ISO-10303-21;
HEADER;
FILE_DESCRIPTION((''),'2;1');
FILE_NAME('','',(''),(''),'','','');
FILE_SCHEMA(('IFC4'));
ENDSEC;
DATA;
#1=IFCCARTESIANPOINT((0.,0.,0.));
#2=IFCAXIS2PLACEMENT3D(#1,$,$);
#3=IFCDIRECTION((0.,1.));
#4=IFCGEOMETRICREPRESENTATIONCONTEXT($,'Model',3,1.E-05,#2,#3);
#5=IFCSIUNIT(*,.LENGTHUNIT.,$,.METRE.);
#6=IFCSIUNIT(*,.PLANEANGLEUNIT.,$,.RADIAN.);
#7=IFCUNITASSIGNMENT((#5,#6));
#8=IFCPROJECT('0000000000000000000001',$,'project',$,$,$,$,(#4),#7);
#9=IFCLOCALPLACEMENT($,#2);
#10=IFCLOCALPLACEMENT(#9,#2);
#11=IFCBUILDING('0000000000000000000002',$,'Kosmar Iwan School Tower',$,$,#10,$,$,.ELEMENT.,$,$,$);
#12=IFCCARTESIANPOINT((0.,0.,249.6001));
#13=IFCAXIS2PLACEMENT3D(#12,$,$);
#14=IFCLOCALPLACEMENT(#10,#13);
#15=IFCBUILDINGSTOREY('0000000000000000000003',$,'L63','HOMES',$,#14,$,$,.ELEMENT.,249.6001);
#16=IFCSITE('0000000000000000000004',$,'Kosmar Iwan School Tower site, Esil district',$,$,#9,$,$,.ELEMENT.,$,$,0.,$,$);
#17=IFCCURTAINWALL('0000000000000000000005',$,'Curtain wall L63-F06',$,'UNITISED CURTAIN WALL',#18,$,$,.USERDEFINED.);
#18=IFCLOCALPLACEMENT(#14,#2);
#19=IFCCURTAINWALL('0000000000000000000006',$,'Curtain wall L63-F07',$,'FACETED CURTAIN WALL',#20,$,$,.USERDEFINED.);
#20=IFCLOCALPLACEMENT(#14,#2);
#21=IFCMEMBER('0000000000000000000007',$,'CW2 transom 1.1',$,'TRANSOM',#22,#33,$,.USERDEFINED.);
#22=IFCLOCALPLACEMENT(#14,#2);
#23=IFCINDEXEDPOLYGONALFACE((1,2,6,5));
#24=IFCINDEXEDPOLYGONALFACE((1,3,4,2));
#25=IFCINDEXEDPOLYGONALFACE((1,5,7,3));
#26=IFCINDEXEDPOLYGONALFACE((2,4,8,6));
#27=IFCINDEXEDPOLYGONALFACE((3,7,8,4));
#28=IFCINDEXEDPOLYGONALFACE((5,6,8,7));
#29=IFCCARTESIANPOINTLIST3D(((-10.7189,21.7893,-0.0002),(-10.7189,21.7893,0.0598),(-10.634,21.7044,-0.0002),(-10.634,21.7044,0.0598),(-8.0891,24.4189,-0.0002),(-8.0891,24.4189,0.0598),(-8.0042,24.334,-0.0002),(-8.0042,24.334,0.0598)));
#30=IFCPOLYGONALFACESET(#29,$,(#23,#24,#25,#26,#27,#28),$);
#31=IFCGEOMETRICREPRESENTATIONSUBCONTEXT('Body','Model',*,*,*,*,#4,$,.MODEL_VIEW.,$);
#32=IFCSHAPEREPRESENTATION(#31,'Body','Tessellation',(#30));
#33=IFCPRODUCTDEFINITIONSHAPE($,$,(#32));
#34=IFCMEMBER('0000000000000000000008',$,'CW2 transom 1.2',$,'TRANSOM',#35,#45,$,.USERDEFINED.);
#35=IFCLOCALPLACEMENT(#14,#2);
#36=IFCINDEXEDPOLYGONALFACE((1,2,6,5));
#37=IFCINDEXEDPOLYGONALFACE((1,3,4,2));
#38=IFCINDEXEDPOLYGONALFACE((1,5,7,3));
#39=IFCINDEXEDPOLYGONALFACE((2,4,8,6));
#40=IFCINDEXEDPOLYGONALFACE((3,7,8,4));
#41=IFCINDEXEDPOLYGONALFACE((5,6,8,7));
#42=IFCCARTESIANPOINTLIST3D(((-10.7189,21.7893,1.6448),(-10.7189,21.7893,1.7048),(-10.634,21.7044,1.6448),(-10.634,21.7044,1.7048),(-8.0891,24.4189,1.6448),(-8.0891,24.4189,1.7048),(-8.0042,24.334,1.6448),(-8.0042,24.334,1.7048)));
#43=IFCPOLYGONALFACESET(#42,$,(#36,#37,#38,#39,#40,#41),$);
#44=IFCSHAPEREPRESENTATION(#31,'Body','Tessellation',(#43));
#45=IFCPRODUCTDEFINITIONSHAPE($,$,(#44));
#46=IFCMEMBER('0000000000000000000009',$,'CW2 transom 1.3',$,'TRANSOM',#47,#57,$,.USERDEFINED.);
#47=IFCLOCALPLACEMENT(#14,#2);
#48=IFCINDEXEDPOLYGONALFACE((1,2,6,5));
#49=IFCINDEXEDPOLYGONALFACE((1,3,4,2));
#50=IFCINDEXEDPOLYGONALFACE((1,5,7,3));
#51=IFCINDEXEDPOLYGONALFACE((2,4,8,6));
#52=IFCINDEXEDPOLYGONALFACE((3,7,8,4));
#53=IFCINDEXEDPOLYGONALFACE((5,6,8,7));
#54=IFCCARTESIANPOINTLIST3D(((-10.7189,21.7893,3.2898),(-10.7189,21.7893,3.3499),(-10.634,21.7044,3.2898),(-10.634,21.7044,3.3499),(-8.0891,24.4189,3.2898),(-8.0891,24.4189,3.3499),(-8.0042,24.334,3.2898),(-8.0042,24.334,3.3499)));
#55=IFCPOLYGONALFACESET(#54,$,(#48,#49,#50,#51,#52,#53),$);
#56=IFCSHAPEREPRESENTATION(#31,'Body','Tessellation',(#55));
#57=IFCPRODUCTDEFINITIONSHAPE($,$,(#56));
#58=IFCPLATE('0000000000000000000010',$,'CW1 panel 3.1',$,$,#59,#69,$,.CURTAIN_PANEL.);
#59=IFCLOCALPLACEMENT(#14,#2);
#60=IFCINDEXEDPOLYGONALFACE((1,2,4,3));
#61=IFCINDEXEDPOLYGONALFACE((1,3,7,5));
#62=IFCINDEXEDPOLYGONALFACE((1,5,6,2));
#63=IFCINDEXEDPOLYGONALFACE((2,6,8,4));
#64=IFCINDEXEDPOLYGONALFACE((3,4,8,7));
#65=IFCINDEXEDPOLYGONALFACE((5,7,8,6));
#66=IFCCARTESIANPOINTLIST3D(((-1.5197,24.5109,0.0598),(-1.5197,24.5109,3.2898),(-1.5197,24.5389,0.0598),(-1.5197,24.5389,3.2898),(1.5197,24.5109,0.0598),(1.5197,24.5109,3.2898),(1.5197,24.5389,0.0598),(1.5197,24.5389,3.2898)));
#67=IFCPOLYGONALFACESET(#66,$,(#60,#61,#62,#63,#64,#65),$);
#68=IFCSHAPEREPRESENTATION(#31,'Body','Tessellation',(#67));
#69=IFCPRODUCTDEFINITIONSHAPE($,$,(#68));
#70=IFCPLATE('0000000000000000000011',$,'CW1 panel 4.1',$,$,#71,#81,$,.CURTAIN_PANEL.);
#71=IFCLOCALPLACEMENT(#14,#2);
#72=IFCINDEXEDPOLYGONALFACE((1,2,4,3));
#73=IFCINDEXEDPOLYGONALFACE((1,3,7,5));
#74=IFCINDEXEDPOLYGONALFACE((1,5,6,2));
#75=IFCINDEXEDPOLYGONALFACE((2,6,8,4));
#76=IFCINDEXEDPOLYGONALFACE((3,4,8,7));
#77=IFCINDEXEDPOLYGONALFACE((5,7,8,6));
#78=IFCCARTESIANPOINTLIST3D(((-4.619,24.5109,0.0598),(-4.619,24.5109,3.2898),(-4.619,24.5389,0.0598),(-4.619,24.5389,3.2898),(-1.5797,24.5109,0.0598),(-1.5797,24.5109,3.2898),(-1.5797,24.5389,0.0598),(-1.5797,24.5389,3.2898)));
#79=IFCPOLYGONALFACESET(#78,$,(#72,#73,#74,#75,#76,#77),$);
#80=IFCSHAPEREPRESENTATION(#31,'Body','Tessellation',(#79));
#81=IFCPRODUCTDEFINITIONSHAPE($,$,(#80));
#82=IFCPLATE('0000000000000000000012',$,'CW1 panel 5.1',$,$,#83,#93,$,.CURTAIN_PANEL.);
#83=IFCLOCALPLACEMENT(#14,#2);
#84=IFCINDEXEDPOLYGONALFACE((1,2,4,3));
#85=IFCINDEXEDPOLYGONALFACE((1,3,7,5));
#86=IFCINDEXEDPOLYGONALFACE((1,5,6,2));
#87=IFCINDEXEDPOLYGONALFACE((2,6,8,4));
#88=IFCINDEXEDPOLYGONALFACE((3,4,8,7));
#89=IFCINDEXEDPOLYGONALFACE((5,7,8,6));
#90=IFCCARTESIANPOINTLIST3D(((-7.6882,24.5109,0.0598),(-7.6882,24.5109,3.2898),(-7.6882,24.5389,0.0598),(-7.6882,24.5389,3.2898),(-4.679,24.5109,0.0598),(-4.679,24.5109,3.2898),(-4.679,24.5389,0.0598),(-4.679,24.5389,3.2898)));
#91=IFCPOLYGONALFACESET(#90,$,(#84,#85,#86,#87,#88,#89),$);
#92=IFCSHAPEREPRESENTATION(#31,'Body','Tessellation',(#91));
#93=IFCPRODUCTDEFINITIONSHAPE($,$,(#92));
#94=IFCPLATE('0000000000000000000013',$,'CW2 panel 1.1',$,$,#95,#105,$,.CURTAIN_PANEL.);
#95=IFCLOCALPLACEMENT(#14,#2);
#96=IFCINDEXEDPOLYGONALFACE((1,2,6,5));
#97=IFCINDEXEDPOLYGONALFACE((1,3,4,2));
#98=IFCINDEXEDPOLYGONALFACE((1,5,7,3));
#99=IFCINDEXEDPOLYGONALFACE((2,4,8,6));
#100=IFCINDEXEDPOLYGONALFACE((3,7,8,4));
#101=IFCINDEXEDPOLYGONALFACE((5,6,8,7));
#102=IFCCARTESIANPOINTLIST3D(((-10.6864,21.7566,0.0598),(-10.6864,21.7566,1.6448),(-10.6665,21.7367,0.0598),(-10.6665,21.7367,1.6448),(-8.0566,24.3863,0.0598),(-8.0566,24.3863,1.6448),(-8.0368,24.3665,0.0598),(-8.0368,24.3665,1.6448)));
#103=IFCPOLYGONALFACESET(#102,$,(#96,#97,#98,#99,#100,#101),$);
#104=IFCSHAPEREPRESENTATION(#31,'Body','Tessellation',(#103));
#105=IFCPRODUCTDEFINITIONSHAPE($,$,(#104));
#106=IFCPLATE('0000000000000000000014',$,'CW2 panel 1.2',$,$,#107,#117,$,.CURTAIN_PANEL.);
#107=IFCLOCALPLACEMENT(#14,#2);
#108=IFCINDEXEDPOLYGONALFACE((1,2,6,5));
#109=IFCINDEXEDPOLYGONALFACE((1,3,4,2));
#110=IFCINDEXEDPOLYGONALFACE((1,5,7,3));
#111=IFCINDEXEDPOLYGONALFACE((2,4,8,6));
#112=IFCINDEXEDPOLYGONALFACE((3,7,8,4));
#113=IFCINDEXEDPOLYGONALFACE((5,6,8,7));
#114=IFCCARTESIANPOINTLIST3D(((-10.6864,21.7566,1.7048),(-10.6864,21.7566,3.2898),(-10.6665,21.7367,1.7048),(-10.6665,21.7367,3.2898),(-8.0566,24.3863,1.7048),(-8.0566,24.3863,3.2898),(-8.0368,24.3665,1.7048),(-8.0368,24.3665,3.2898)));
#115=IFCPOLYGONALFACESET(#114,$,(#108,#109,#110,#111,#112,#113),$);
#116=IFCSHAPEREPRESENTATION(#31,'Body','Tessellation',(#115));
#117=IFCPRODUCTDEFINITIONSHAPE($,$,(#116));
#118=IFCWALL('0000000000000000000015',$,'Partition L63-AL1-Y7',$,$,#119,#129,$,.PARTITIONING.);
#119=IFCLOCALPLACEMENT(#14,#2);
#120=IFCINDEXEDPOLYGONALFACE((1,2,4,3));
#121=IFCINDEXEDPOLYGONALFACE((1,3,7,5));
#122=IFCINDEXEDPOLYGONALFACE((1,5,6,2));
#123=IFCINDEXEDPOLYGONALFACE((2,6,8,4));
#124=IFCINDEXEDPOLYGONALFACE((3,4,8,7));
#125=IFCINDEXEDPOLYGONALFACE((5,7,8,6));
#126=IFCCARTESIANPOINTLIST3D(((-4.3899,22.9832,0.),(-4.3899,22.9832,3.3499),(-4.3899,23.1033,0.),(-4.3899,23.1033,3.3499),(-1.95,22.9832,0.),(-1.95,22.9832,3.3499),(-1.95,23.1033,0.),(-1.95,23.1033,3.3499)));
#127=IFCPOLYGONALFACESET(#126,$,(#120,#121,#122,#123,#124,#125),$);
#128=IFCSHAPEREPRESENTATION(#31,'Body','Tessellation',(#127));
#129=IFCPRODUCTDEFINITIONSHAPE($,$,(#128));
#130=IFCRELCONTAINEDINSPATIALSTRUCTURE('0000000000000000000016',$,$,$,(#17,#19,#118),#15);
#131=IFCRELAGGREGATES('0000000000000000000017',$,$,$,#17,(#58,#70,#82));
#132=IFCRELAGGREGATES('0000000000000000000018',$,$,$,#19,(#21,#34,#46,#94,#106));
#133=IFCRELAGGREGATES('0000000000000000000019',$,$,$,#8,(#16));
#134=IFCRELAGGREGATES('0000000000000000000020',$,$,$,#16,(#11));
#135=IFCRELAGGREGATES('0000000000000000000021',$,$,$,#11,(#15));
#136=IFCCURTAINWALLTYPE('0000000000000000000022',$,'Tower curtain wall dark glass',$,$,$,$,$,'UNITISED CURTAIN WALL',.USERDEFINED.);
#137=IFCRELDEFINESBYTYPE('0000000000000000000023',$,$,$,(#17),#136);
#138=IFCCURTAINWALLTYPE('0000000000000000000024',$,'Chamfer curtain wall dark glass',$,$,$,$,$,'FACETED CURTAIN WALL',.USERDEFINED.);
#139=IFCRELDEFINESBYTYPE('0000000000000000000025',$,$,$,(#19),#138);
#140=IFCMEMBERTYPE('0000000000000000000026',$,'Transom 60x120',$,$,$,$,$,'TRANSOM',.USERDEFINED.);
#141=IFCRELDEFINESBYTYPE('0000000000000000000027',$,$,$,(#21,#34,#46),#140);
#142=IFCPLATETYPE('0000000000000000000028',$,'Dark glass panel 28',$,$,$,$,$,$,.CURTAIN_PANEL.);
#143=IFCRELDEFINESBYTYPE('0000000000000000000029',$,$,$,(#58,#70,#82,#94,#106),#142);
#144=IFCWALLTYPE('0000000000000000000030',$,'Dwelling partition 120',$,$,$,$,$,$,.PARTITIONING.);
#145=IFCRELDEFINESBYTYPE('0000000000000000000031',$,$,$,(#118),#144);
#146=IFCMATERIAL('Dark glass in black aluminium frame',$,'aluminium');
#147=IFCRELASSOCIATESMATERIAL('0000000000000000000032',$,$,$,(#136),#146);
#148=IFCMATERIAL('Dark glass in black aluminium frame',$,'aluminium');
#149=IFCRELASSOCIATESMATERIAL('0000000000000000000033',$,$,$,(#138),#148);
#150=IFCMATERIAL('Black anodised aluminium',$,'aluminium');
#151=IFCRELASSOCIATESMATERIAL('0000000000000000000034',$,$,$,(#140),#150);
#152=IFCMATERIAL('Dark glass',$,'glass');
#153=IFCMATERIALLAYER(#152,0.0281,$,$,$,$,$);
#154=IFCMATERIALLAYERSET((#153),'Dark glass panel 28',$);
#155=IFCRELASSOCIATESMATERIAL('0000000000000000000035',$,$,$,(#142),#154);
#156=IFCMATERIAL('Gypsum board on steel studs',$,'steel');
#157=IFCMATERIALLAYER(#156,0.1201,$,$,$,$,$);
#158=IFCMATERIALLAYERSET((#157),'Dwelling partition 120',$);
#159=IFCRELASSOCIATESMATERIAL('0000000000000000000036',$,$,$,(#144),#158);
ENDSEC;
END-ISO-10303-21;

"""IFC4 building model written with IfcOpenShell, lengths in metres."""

from ifc_helpers import new_model, si_unit, direction, frame, frame_2d, origin, origin_2d, place, context, subcontext, project, spatial, rectangle, extrude, material, layer, layer_set, material_profile, profile_set, type_object, element, aggregate, save


model = new_model("IFC4")

# Units and contexts
model_context = context("Model", 3, precision=1e-05, world=origin(), true_north=direction((0.0, 1.0)))
body_context = subcontext(model_context, "Body", "Model", "MODEL_VIEW")
ifc_project = project(units=[si_unit("LENGTHUNIT", "METRE"), si_unit("PLANEANGLEUNIT", "RADIAN")], contexts=[model_context])

# Site, building, storey
site_placement = place(None, origin())
site = spatial("IfcSite", under=ifc_project, at=site_placement, Name="Kosmar Iwan School Tower site, Esil district", CompositionType="ELEMENT", RefElevation=0.0)
building_placement = place(site_placement, origin())
building = spatial("IfcBuilding", under=site, at=building_placement, Name="Kosmar Iwan School Tower", CompositionType="ELEMENT")
storey_placement = place(building_placement, frame((0.0, 0.0, 249.6001)))
storey = spatial("IfcBuildingStorey", under=building, at=storey_placement, Name="L63", Description="HOMES", CompositionType="ELEMENT", Elevation=249.6001)

# Curtain wall
ifc_material_1 = material(Name="Dark glass in black aluminium frame", Category="aluminium")
curtain_wall_type_1 = type_object("IfcCurtainWallType", Name="Tower curtain wall dark glass", ElementType="UNITISED CURTAIN WALL", PredefinedType="USERDEFINED", material=ifc_material_1)
curtain_wall_1_placement = place(storey_placement, origin())
curtain_wall_1 = element("IfcCurtainWall", 1, at=curtain_wall_1_placement, inside=storey, type_object=curtain_wall_type_1, Name="Curtain wall L63-F06", ObjectType="UNITISED CURTAIN WALL", PredefinedType="USERDEFINED")

# Curtain wall
ifc_material_2 = material(Name="Dark glass in black aluminium frame", Category="aluminium")
curtain_wall_type_2 = type_object("IfcCurtainWallType", Name="Chamfer curtain wall dark glass", ElementType="FACETED CURTAIN WALL", PredefinedType="USERDEFINED", material=ifc_material_2)
curtain_wall_2_placement = place(storey_placement, origin())
curtain_wall_2 = element("IfcCurtainWall", 2, at=curtain_wall_2_placement, inside=storey, type_object=curtain_wall_type_2, Name="Curtain wall L63-F07", ObjectType="FACETED CURTAIN WALL", PredefinedType="USERDEFINED")

# Members
ifc_material_3 = material(Name="Black anodised aluminium", Category="aluminium")
ifc_material_profile_1 = material_profile(ifc_material_3, rectangle(XDim=0.1201, YDim=0.0601, at=origin_2d()), Name="TRANSOM 60x120")
ifc_profile_set_1 = profile_set([ifc_material_profile_1], Name="Black anodised aluminium")
member_type_1 = type_object("IfcMemberType", Name="Transom 60x120", ElementType="TRANSOM", PredefinedType="USERDEFINED", material=ifc_profile_set_1)
member_1_placement = place(storey_placement, frame((-8.0466, 24.3765, 0.0298), z_axis=(-0.70714, -0.707074, 0.0), x_axis=(0.707074, -0.70714, 0.0)))
member_1 = element("IfcMember", 3, at=member_1_placement, type_object=member_type_1, Name="CW2 transom 1.1", ObjectType="TRANSOM", PredefinedType="USERDEFINED", context=body_context, shape_type="SweptSolid", body=[
    extrude(rectangle(XDim=0.1201, YDim=0.0601, at=origin_2d()), origin(), (0.0, 0.0, 1.0), 3.719),
])
member_2_placement = place(storey_placement, frame((-8.0466, 24.3765, 1.6748), z_axis=(-0.70714, -0.707074, 0.0), x_axis=(0.707074, -0.70714, 0.0)))
member_2 = element("IfcMember", 4, at=member_2_placement, type_object=member_type_1, Name="CW2 transom 1.2", ObjectType="TRANSOM", PredefinedType="USERDEFINED", context=body_context, shape_type="SweptSolid", body=[
    extrude(rectangle(XDim=0.1201, YDim=0.0601, at=origin_2d()), origin(), (0.0, 0.0, 1.0), 3.719),
])
member_3_placement = place(storey_placement, frame((-8.0466, 24.3765, 3.3198), z_axis=(-0.70714, -0.707074, 0.0), x_axis=(0.707074, -0.70714, 0.0)))
member_3 = element("IfcMember", 5, at=member_3_placement, type_object=member_type_1, Name="CW2 transom 1.3", ObjectType="TRANSOM", PredefinedType="USERDEFINED", context=body_context, shape_type="SweptSolid", body=[
    extrude(rectangle(XDim=0.1201, YDim=0.0601, at=origin_2d()), origin(), (0.0, 0.0, 1.0), 3.719),
])

# Plates
ifc_material_4 = material(Name="Dark glass", Category="glass")
ifc_layer_1 = layer(ifc_material_4, 0.0281)
ifc_layer_set_1 = layer_set([ifc_layer_1], Name="Dark glass panel 28")
plate_type = type_object("IfcPlateType", Name="Dark glass panel 28", PredefinedType="CURTAIN_PANEL", material=ifc_layer_set_1)
plate_1_placement = place(storey_placement, frame((0.0, 24.5249, 0.0598), z_axis=(0.0, 0.0, 1.0), x_axis=(-1.0, 0.0, 0.0)))
plate_1 = element("IfcPlate", 6, at=plate_1_placement, type_object=plate_type, Name="CW1 panel 3.1", PredefinedType="CURTAIN_PANEL", context=body_context, shape_type="SweptSolid", body=[
    extrude(rectangle(XDim=3.0393, YDim=0.0281, at=origin_2d()), origin(), (0.0, 0.0, 1.0), 3.23),
])
plate_2_placement = place(storey_placement, frame((-3.0994, 24.5249, 0.0598), z_axis=(0.0, 0.0, 1.0), x_axis=(-1.0, 0.0, 0.0)))
plate_2 = element("IfcPlate", 7, at=plate_2_placement, type_object=plate_type, Name="CW1 panel 4.1", PredefinedType="CURTAIN_PANEL", context=body_context, shape_type="SweptSolid", body=[
    extrude(rectangle(XDim=3.0393, YDim=0.0281, at=origin_2d()), origin(), (0.0, 0.0, 1.0), 3.23),
])
plate_3_placement = place(storey_placement, frame((-6.1836, 24.5249, 0.0598), z_axis=(0.0, 0.0, 1.0), x_axis=(-1.0, 0.0, 0.0)))
plate_3 = element("IfcPlate", 8, at=plate_3_placement, type_object=plate_type, Name="CW1 panel 5.1", PredefinedType="CURTAIN_PANEL", context=body_context, shape_type="SweptSolid", body=[
    extrude(rectangle(XDim=3.0093, YDim=0.0281, at=origin_2d()), origin(), (0.0, 0.0, 1.0), 3.23),
])
aggregate(curtain_wall_1, [plate_1, plate_2, plate_3])
plate_4_placement = place(storey_placement, frame((-9.3616, 23.0615, 0.0598), z_axis=(0.0, 0.0, 1.0), x_axis=(-0.707107, -0.707107, 0.0)))
plate_4 = element("IfcPlate", 9, at=plate_4_placement, type_object=plate_type, Name="CW2 panel 1.1", PredefinedType="CURTAIN_PANEL", context=body_context, shape_type="SweptSolid", body=[
    extrude(rectangle(XDim=3.719, YDim=0.0281, at=origin_2d()), origin(), (0.0, 0.0, 1.0), 1.585),
])
plate_5_placement = place(storey_placement, frame((-9.3616, 23.0615, 1.7048), z_axis=(0.0, 0.0, 1.0), x_axis=(-0.707107, -0.707107, 0.0)))
plate_5 = element("IfcPlate", 10, at=plate_5_placement, type_object=plate_type, Name="CW2 panel 1.2", PredefinedType="CURTAIN_PANEL", context=body_context, shape_type="SweptSolid", body=[
    extrude(rectangle(XDim=3.719, YDim=0.0281, at=origin_2d()), origin(), (0.0, 0.0, 1.0), 1.585),
])
aggregate(curtain_wall_2, [member_1, member_2, member_3, plate_4, plate_5])

# Wall
ifc_material_5 = material(Name="Gypsum board on steel studs", Category="steel")
ifc_layer_2 = layer(ifc_material_5, 0.1201)
ifc_layer_set_2 = layer_set([ifc_layer_2], Name="Dwelling partition 120")
wall_type = type_object("IfcWallType", Name="Dwelling partition 120", PredefinedType="PARTITIONING", material=ifc_layer_set_2)
wall_placement = place(storey_placement, frame((-1.95, 23.0432, 0.0), z_axis=(0.0, 0.0, 1.0), x_axis=(-1.0, 0.0, 0.0)))
element("IfcWall", 11, at=wall_placement, inside=storey, type_object=wall_type, Name="Partition L63-AL1-Y7", PredefinedType="PARTITIONING", context=body_context, shape_type="SweptSolid", body=[
    extrude(rectangle(XDim=2.4399, YDim=0.1201, at=frame_2d((1.22, 0.0))), origin(), (0.0, 0.0, 1.0), 3.3499),
])

save(model, "model.ifc")
